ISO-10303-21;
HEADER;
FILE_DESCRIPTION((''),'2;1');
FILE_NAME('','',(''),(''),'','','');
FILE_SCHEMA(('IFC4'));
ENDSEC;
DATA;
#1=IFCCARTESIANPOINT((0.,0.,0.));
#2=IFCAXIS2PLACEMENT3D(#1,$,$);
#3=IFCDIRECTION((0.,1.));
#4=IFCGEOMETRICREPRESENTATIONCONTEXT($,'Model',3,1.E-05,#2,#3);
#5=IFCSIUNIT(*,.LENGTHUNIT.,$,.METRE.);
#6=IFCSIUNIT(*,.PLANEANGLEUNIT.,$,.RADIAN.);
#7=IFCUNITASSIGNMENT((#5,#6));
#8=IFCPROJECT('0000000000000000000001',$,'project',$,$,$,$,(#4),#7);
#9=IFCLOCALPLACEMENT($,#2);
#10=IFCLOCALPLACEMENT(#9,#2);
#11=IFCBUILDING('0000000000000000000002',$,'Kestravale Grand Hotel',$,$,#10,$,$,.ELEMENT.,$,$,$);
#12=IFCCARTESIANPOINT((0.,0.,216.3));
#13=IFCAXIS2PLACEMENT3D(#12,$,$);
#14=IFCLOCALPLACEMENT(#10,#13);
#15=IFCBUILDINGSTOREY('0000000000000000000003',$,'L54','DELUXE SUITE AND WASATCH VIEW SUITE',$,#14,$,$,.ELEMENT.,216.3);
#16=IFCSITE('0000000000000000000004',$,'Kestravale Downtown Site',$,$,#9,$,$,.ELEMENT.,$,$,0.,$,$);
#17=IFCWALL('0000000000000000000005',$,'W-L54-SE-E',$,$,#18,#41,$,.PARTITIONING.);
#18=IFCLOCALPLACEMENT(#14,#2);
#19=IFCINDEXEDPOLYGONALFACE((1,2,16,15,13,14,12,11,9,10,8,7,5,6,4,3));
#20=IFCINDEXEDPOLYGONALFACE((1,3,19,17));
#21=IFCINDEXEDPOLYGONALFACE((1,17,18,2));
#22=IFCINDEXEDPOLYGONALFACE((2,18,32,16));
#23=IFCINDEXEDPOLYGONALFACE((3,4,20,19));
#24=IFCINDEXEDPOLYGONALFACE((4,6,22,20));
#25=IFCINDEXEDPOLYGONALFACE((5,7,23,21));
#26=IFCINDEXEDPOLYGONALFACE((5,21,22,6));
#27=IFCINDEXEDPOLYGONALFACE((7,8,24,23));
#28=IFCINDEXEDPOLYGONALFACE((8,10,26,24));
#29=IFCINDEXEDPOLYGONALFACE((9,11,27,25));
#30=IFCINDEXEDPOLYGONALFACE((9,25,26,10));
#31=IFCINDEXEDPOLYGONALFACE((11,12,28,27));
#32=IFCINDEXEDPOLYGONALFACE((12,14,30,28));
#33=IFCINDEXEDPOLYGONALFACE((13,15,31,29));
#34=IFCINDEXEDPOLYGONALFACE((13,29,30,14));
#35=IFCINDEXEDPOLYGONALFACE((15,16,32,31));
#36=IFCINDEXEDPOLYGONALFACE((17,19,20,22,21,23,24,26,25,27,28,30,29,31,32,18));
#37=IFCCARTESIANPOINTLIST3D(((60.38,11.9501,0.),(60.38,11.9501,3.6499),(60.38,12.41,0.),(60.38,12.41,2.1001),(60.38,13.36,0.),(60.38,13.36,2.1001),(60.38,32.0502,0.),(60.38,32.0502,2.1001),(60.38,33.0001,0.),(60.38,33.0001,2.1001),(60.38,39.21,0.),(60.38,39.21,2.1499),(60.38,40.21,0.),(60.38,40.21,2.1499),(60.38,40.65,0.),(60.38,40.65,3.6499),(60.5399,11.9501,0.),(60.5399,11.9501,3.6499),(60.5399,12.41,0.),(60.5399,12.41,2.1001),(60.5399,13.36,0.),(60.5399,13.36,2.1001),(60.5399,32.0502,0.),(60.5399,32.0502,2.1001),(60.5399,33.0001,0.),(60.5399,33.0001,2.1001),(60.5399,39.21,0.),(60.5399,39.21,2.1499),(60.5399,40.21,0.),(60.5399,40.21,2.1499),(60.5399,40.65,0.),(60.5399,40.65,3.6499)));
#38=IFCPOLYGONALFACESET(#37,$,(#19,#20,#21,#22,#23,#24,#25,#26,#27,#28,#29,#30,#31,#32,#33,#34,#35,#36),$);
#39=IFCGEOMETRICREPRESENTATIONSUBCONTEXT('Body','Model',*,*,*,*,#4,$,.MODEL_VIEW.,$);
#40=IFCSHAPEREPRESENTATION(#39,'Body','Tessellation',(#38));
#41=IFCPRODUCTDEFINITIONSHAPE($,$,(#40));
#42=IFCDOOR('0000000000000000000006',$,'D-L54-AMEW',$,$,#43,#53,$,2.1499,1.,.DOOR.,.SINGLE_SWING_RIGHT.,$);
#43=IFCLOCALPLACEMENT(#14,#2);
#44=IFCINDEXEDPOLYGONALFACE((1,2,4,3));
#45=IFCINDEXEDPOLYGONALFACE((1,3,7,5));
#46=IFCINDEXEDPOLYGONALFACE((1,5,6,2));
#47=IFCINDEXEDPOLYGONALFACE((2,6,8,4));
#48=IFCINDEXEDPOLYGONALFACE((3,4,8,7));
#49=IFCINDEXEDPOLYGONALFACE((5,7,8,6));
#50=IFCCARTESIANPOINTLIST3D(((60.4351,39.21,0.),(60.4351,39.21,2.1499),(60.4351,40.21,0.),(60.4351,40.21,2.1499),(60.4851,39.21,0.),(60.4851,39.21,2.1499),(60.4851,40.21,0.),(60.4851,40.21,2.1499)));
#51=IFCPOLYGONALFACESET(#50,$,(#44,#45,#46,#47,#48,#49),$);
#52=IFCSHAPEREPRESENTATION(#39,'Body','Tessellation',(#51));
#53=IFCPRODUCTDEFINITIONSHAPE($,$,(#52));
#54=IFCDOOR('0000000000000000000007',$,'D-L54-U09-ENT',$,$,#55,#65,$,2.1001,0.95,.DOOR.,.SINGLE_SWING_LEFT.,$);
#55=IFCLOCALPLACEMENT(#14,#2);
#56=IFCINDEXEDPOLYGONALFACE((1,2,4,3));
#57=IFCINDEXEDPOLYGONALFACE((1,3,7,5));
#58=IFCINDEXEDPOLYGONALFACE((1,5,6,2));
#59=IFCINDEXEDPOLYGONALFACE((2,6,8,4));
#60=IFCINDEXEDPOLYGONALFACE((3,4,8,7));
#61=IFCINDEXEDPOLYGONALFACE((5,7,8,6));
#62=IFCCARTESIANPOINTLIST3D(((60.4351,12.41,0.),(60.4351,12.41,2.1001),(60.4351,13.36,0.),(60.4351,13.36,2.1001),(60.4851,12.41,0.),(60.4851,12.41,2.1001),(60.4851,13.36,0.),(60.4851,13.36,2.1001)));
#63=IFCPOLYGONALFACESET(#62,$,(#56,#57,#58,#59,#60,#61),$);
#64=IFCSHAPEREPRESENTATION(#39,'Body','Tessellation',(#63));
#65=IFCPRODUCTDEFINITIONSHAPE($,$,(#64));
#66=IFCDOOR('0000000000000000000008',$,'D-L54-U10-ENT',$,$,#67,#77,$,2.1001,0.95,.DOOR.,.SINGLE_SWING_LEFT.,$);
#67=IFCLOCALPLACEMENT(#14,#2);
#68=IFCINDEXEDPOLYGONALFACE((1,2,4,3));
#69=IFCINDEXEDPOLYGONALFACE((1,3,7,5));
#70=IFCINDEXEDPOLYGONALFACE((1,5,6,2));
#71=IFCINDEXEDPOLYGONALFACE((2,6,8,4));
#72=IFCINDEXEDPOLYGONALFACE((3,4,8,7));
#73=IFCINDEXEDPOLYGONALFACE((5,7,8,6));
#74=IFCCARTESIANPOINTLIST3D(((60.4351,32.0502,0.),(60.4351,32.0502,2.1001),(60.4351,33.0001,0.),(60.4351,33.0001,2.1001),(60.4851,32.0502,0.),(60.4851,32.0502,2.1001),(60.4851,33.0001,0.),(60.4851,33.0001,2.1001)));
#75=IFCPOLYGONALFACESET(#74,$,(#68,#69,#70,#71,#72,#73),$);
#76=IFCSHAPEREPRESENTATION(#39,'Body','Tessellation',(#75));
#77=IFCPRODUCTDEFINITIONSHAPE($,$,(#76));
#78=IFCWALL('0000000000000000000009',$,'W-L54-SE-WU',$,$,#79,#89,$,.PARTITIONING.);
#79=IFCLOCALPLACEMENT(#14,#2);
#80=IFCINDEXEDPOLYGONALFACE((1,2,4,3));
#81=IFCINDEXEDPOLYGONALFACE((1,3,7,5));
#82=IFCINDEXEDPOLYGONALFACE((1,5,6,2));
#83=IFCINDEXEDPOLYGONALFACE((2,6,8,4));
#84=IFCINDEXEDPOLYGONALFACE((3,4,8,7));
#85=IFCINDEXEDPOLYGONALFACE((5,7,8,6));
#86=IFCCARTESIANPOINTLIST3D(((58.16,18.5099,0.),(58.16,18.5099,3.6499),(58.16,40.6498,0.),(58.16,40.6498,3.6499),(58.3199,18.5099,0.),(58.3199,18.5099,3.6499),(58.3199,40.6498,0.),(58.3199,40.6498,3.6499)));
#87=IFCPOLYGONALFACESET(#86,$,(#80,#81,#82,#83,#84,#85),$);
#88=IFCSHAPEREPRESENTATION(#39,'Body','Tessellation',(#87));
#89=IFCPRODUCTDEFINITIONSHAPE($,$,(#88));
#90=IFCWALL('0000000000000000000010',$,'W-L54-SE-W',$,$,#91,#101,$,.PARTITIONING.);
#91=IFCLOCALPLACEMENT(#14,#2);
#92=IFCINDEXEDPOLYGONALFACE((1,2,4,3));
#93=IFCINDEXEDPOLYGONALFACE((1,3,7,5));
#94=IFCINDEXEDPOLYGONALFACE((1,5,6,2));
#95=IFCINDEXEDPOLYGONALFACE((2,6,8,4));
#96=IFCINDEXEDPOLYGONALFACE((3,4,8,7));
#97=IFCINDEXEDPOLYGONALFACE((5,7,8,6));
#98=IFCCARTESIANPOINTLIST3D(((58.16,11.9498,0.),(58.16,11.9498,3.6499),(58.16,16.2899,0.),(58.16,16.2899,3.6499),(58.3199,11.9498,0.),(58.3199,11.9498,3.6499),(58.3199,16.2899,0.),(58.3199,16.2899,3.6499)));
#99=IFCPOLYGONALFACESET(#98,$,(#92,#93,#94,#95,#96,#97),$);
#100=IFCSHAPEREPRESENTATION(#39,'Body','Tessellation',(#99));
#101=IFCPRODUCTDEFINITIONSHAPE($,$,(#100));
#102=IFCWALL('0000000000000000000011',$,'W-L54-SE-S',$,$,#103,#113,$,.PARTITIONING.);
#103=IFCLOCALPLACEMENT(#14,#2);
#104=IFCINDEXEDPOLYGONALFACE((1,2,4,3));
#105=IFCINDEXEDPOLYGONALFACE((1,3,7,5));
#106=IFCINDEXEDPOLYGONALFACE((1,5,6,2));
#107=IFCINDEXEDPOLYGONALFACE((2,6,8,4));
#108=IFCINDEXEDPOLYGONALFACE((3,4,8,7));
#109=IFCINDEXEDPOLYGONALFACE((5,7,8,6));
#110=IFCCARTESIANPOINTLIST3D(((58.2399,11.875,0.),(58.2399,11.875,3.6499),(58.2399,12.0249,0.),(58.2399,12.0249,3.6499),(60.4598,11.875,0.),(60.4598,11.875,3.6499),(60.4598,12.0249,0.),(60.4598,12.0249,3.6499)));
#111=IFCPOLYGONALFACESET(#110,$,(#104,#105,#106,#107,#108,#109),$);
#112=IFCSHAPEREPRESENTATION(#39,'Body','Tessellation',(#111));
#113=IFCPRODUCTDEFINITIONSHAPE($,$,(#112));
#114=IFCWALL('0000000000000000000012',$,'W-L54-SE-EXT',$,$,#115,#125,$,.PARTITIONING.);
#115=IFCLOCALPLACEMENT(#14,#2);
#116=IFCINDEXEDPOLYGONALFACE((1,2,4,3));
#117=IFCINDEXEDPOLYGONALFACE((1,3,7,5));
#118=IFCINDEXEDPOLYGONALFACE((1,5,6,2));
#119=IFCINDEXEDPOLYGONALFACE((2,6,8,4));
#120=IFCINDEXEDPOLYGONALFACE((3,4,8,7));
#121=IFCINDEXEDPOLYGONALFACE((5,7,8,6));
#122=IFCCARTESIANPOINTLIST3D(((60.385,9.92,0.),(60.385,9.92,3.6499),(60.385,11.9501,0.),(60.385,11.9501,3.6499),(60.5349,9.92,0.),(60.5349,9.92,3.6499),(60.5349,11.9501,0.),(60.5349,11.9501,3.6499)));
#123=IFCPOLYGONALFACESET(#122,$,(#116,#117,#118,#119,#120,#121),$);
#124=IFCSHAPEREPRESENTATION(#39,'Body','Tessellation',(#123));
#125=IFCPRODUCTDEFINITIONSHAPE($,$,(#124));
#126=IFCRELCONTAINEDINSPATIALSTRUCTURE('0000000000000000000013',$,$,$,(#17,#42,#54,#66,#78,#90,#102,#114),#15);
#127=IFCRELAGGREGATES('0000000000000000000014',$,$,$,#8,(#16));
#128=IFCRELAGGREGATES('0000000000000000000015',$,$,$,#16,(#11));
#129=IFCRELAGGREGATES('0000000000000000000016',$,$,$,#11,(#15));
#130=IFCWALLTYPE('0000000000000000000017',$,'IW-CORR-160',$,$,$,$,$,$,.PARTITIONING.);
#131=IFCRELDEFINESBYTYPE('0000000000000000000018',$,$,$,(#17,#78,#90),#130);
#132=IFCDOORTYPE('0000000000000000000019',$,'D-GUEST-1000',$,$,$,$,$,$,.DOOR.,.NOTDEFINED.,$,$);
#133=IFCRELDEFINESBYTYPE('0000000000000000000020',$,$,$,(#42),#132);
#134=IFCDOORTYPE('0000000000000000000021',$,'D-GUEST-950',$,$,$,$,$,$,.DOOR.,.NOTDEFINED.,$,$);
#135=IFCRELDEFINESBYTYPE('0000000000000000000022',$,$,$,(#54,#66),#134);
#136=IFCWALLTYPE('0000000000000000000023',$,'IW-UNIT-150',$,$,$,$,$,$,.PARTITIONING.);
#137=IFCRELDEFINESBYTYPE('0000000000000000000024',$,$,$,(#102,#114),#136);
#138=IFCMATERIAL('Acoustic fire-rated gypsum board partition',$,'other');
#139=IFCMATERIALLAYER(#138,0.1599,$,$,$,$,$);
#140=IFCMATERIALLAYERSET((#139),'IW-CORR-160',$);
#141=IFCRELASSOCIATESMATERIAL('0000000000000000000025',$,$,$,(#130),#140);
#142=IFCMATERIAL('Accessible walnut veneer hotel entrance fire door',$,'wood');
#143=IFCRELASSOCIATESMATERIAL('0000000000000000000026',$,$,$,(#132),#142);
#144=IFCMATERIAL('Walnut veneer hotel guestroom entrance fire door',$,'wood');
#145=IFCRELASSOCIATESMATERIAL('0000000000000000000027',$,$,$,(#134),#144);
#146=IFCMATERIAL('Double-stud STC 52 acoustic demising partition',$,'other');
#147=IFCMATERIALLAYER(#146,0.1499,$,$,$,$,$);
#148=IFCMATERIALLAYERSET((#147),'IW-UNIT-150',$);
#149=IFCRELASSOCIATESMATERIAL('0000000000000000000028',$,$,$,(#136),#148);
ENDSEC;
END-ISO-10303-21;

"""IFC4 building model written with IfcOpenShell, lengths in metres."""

from ifc_helpers import new_model, si_unit, direction, frame, frame_2d, origin, place, context, subcontext, project, spatial, rectangle, extrude, material, layer, layer_set, type_object, element, fill, save


model = new_model("IFC4")

# Units and contexts
model_context = context("Model", 3, precision=1e-05, world=origin(), true_north=direction((0.0, 1.0)))
body_context = subcontext(model_context, "Body", "Model", "MODEL_VIEW")
ifc_project = project(units=[si_unit("LENGTHUNIT", "METRE"), si_unit("PLANEANGLEUNIT", "RADIAN")], contexts=[model_context])

# Site, building, storey
site_placement = place(None, origin())
site = spatial("IfcSite", under=ifc_project, at=site_placement, Name="Kestravale Downtown Site", CompositionType="ELEMENT", RefElevation=0.0)
building_placement = place(site_placement, origin())
building = spatial("IfcBuilding", under=site, at=building_placement, Name="Kestravale Grand Hotel", CompositionType="ELEMENT")
storey_placement = place(building_placement, frame((0.0, 0.0, 216.3)))
storey = spatial("IfcBuildingStorey", under=building, at=storey_placement, Name="L54", Description="DELUXE SUITE AND WASATCH VIEW SUITE", CompositionType="ELEMENT", Elevation=216.3)

# Wall, openings, doors
ifc_material_1 = material(Name="Acoustic fire-rated gypsum board partition", Category="other")
ifc_layer_1 = layer(ifc_material_1, 0.1599)
ifc_layer_set_1 = layer_set([ifc_layer_1], Name="IW-CORR-160")
wall_type_1 = type_object("IfcWallType", Name="IW-CORR-160", PredefinedType="PARTITIONING", material=ifc_layer_set_1)
wall_1_placement = place(storey_placement, frame((60.46, 11.95, 0.0), z_axis=(0.0, 0.0, 1.0), x_axis=(0.0, 1.0, 0.0)))
wall_1 = element("IfcWall", 1, at=wall_1_placement, inside=storey, type_object=wall_type_1, Name="W-L54-SE-E", PredefinedType="PARTITIONING", context=body_context, shape_type="SweptSolid", body=[
    extrude(rectangle(XDim=28.7, YDim=0.1599, at=frame_2d((14.3501, 0.0))), origin(), (0.0, 0.0, 1.0), 3.6499),
])
opening_1_placement = place(wall_1_placement, frame((0.46, 0.0, 0.0)))
opening_1 = element("IfcOpeningElement", 2, at=opening_1_placement, cuts=wall_1, PredefinedType="OPENING", context=body_context, shape_type="SweptSolid", body=[
    extrude(rectangle(XDim=0.95, YDim=2.1001, at=frame_2d((0.4751, 1.05))), frame((0.0, 0.0898, 0.0), z_axis=(0.0, -1.0, 0.0), x_axis=(1.0, 0.0, 0.0)), (0.0, 0.0, 1.0), 0.1799),
])
opening_2_placement = place(wall_1_placement, frame((20.1001, 0.0, 0.0)))
opening_2 = element("IfcOpeningElement", 3, at=opening_2_placement, cuts=wall_1, PredefinedType="OPENING", context=body_context, shape_type="SweptSolid", body=[
    extrude(rectangle(XDim=0.95, YDim=2.1001, at=frame_2d((0.4751, 1.05))), frame((0.0, 0.0898, 0.0), z_axis=(0.0, -1.0, 0.0), x_axis=(1.0, 0.0, 0.0)), (0.0, 0.0, 1.0), 0.1799),
])
opening_3_placement = place(wall_1_placement, frame((27.26, 0.0, 0.0)))
opening_3 = element("IfcOpeningElement", 4, at=opening_3_placement, cuts=wall_1, PredefinedType="OPENING", context=body_context, shape_type="SweptSolid", body=[
    extrude(rectangle(XDim=1.0, YDim=2.1499, at=frame_2d((0.5, 1.075))), frame((0.0, 0.0898, 0.0), z_axis=(0.0, -1.0, 0.0), x_axis=(1.0, 0.0, 0.0)), (0.0, 0.0, 1.0), 0.1799),
])
ifc_material_2 = material(Name="Accessible walnut veneer hotel entrance fire door", Category="wood")
door_type_1 = type_object("IfcDoorType", Name="D-GUEST-1000", OperationType="NOTDEFINED", PredefinedType="DOOR", material=ifc_material_2)
door_1_placement = place(opening_3_placement, origin())
door_1 = element("IfcDoor", 5, at=door_1_placement, inside=storey, type_object=door_type_1, Name="D-L54-AMEW", OperationType="SINGLE_SWING_RIGHT", OverallHeight=2.1499, OverallWidth=1.0, PredefinedType="DOOR", context=body_context, shape_type="SweptSolid", body=[
    extrude(rectangle(XDim=1.0, YDim=2.1499, at=frame_2d((0.5, 1.075))), frame((0.0, 0.0249, 0.0), z_axis=(0.0, -1.0, 0.0), x_axis=(1.0, 0.0, 0.0)), (0.0, 0.0, 1.0), 0.05),
])
fill(opening_3, door_1)
ifc_material_3 = material(Name="Walnut veneer hotel guestroom entrance fire door", Category="wood")
door_type_2 = type_object("IfcDoorType", Name="D-GUEST-950", OperationType="NOTDEFINED", PredefinedType="DOOR", material=ifc_material_3)
door_2_placement = place(opening_1_placement, origin())
door_2 = element("IfcDoor", 6, at=door_2_placement, inside=storey, type_object=door_type_2, Name="D-L54-U09-ENT", OperationType="SINGLE_SWING_LEFT", OverallHeight=2.1001, OverallWidth=0.95, PredefinedType="DOOR", context=body_context, shape_type="SweptSolid", body=[
    extrude(rectangle(XDim=0.95, YDim=2.1001, at=frame_2d((0.4751, 1.05))), frame((0.0, 0.0249, 0.0), z_axis=(0.0, -1.0, 0.0), x_axis=(1.0, 0.0, 0.0)), (0.0, 0.0, 1.0), 0.05),
])
fill(opening_1, door_2)
door_3_placement = place(opening_2_placement, origin())
door_3 = element("IfcDoor", 7, at=door_3_placement, inside=storey, type_object=door_type_2, Name="D-L54-U10-ENT", OperationType="SINGLE_SWING_LEFT", OverallHeight=2.1001, OverallWidth=0.95, PredefinedType="DOOR", context=body_context, shape_type="SweptSolid", body=[
    extrude(rectangle(XDim=0.95, YDim=2.1001, at=frame_2d((0.4751, 1.05))), frame((0.0, 0.0249, 0.0), z_axis=(0.0, -1.0, 0.0), x_axis=(1.0, 0.0, 0.0)), (0.0, 0.0, 1.0), 0.05),
])
fill(opening_2, door_3)

# Walls
wall_2_placement = place(storey_placement, frame((58.24, 18.51, 0.0), z_axis=(0.0, 0.0, 1.0), x_axis=(0.0, 1.0, 0.0)))
element("IfcWall", 8, at=wall_2_placement, inside=storey, type_object=wall_type_1, Name="W-L54-SE-WU", PredefinedType="PARTITIONING", context=body_context, shape_type="SweptSolid", body=[
    extrude(rectangle(XDim=22.1399, YDim=0.1599, at=frame_2d((11.0698, 0.0))), origin(), (0.0, 0.0, 1.0), 3.6499),
])
wall_3_placement = place(storey_placement, frame((58.24, 11.95, 0.0), z_axis=(0.0, 0.0, 1.0), x_axis=(0.0, 1.0, 0.0)))
element("IfcWall", 9, at=wall_3_placement, inside=storey, type_object=wall_type_1, Name="W-L54-SE-W", PredefinedType="PARTITIONING", context=body_context, shape_type="SweptSolid", body=[
    extrude(rectangle(XDim=4.3401, YDim=0.1599, at=frame_2d((2.1699, 0.0))), origin(), (0.0, 0.0, 1.0), 3.6499),
])
ifc_material_4 = material(Name="Double-stud STC 52 acoustic demising partition", Category="other")
ifc_layer_2 = layer(ifc_material_4, 0.1499)
ifc_layer_set_2 = layer_set([ifc_layer_2], Name="IW-UNIT-150")
wall_type_2 = type_object("IfcWallType", Name="IW-UNIT-150", PredefinedType="PARTITIONING", material=ifc_layer_set_2)
wall_4_placement = place(storey_placement, frame((58.24, 11.95, 0.0), z_axis=(0.0, 0.0, 1.0), x_axis=(1.0, 0.0, 0.0)))
element("IfcWall", 10, at=wall_4_placement, inside=storey, type_object=wall_type_2, Name="W-L54-SE-S", PredefinedType="PARTITIONING", context=body_context, shape_type="SweptSolid", body=[
    extrude(rectangle(XDim=2.22, YDim=0.1499, at=frame_2d((1.1099, 0.0))), origin(), (0.0, 0.0, 1.0), 3.6499),
])
wall_5_placement = place(storey_placement, frame((60.46, 9.9199, 0.0), z_axis=(0.0, 0.0, 1.0), x_axis=(0.0, 1.0, 0.0)))
element("IfcWall", 11, at=wall_5_placement, inside=storey, type_object=wall_type_2, Name="W-L54-SE-EXT", PredefinedType="PARTITIONING", context=body_context, shape_type="SweptSolid", body=[
    extrude(rectangle(XDim=2.03, YDim=0.1499, at=frame_2d((1.0151, 0.0))), origin(), (0.0, 0.0, 1.0), 3.6499),
])

save(model, "model.ifc")
